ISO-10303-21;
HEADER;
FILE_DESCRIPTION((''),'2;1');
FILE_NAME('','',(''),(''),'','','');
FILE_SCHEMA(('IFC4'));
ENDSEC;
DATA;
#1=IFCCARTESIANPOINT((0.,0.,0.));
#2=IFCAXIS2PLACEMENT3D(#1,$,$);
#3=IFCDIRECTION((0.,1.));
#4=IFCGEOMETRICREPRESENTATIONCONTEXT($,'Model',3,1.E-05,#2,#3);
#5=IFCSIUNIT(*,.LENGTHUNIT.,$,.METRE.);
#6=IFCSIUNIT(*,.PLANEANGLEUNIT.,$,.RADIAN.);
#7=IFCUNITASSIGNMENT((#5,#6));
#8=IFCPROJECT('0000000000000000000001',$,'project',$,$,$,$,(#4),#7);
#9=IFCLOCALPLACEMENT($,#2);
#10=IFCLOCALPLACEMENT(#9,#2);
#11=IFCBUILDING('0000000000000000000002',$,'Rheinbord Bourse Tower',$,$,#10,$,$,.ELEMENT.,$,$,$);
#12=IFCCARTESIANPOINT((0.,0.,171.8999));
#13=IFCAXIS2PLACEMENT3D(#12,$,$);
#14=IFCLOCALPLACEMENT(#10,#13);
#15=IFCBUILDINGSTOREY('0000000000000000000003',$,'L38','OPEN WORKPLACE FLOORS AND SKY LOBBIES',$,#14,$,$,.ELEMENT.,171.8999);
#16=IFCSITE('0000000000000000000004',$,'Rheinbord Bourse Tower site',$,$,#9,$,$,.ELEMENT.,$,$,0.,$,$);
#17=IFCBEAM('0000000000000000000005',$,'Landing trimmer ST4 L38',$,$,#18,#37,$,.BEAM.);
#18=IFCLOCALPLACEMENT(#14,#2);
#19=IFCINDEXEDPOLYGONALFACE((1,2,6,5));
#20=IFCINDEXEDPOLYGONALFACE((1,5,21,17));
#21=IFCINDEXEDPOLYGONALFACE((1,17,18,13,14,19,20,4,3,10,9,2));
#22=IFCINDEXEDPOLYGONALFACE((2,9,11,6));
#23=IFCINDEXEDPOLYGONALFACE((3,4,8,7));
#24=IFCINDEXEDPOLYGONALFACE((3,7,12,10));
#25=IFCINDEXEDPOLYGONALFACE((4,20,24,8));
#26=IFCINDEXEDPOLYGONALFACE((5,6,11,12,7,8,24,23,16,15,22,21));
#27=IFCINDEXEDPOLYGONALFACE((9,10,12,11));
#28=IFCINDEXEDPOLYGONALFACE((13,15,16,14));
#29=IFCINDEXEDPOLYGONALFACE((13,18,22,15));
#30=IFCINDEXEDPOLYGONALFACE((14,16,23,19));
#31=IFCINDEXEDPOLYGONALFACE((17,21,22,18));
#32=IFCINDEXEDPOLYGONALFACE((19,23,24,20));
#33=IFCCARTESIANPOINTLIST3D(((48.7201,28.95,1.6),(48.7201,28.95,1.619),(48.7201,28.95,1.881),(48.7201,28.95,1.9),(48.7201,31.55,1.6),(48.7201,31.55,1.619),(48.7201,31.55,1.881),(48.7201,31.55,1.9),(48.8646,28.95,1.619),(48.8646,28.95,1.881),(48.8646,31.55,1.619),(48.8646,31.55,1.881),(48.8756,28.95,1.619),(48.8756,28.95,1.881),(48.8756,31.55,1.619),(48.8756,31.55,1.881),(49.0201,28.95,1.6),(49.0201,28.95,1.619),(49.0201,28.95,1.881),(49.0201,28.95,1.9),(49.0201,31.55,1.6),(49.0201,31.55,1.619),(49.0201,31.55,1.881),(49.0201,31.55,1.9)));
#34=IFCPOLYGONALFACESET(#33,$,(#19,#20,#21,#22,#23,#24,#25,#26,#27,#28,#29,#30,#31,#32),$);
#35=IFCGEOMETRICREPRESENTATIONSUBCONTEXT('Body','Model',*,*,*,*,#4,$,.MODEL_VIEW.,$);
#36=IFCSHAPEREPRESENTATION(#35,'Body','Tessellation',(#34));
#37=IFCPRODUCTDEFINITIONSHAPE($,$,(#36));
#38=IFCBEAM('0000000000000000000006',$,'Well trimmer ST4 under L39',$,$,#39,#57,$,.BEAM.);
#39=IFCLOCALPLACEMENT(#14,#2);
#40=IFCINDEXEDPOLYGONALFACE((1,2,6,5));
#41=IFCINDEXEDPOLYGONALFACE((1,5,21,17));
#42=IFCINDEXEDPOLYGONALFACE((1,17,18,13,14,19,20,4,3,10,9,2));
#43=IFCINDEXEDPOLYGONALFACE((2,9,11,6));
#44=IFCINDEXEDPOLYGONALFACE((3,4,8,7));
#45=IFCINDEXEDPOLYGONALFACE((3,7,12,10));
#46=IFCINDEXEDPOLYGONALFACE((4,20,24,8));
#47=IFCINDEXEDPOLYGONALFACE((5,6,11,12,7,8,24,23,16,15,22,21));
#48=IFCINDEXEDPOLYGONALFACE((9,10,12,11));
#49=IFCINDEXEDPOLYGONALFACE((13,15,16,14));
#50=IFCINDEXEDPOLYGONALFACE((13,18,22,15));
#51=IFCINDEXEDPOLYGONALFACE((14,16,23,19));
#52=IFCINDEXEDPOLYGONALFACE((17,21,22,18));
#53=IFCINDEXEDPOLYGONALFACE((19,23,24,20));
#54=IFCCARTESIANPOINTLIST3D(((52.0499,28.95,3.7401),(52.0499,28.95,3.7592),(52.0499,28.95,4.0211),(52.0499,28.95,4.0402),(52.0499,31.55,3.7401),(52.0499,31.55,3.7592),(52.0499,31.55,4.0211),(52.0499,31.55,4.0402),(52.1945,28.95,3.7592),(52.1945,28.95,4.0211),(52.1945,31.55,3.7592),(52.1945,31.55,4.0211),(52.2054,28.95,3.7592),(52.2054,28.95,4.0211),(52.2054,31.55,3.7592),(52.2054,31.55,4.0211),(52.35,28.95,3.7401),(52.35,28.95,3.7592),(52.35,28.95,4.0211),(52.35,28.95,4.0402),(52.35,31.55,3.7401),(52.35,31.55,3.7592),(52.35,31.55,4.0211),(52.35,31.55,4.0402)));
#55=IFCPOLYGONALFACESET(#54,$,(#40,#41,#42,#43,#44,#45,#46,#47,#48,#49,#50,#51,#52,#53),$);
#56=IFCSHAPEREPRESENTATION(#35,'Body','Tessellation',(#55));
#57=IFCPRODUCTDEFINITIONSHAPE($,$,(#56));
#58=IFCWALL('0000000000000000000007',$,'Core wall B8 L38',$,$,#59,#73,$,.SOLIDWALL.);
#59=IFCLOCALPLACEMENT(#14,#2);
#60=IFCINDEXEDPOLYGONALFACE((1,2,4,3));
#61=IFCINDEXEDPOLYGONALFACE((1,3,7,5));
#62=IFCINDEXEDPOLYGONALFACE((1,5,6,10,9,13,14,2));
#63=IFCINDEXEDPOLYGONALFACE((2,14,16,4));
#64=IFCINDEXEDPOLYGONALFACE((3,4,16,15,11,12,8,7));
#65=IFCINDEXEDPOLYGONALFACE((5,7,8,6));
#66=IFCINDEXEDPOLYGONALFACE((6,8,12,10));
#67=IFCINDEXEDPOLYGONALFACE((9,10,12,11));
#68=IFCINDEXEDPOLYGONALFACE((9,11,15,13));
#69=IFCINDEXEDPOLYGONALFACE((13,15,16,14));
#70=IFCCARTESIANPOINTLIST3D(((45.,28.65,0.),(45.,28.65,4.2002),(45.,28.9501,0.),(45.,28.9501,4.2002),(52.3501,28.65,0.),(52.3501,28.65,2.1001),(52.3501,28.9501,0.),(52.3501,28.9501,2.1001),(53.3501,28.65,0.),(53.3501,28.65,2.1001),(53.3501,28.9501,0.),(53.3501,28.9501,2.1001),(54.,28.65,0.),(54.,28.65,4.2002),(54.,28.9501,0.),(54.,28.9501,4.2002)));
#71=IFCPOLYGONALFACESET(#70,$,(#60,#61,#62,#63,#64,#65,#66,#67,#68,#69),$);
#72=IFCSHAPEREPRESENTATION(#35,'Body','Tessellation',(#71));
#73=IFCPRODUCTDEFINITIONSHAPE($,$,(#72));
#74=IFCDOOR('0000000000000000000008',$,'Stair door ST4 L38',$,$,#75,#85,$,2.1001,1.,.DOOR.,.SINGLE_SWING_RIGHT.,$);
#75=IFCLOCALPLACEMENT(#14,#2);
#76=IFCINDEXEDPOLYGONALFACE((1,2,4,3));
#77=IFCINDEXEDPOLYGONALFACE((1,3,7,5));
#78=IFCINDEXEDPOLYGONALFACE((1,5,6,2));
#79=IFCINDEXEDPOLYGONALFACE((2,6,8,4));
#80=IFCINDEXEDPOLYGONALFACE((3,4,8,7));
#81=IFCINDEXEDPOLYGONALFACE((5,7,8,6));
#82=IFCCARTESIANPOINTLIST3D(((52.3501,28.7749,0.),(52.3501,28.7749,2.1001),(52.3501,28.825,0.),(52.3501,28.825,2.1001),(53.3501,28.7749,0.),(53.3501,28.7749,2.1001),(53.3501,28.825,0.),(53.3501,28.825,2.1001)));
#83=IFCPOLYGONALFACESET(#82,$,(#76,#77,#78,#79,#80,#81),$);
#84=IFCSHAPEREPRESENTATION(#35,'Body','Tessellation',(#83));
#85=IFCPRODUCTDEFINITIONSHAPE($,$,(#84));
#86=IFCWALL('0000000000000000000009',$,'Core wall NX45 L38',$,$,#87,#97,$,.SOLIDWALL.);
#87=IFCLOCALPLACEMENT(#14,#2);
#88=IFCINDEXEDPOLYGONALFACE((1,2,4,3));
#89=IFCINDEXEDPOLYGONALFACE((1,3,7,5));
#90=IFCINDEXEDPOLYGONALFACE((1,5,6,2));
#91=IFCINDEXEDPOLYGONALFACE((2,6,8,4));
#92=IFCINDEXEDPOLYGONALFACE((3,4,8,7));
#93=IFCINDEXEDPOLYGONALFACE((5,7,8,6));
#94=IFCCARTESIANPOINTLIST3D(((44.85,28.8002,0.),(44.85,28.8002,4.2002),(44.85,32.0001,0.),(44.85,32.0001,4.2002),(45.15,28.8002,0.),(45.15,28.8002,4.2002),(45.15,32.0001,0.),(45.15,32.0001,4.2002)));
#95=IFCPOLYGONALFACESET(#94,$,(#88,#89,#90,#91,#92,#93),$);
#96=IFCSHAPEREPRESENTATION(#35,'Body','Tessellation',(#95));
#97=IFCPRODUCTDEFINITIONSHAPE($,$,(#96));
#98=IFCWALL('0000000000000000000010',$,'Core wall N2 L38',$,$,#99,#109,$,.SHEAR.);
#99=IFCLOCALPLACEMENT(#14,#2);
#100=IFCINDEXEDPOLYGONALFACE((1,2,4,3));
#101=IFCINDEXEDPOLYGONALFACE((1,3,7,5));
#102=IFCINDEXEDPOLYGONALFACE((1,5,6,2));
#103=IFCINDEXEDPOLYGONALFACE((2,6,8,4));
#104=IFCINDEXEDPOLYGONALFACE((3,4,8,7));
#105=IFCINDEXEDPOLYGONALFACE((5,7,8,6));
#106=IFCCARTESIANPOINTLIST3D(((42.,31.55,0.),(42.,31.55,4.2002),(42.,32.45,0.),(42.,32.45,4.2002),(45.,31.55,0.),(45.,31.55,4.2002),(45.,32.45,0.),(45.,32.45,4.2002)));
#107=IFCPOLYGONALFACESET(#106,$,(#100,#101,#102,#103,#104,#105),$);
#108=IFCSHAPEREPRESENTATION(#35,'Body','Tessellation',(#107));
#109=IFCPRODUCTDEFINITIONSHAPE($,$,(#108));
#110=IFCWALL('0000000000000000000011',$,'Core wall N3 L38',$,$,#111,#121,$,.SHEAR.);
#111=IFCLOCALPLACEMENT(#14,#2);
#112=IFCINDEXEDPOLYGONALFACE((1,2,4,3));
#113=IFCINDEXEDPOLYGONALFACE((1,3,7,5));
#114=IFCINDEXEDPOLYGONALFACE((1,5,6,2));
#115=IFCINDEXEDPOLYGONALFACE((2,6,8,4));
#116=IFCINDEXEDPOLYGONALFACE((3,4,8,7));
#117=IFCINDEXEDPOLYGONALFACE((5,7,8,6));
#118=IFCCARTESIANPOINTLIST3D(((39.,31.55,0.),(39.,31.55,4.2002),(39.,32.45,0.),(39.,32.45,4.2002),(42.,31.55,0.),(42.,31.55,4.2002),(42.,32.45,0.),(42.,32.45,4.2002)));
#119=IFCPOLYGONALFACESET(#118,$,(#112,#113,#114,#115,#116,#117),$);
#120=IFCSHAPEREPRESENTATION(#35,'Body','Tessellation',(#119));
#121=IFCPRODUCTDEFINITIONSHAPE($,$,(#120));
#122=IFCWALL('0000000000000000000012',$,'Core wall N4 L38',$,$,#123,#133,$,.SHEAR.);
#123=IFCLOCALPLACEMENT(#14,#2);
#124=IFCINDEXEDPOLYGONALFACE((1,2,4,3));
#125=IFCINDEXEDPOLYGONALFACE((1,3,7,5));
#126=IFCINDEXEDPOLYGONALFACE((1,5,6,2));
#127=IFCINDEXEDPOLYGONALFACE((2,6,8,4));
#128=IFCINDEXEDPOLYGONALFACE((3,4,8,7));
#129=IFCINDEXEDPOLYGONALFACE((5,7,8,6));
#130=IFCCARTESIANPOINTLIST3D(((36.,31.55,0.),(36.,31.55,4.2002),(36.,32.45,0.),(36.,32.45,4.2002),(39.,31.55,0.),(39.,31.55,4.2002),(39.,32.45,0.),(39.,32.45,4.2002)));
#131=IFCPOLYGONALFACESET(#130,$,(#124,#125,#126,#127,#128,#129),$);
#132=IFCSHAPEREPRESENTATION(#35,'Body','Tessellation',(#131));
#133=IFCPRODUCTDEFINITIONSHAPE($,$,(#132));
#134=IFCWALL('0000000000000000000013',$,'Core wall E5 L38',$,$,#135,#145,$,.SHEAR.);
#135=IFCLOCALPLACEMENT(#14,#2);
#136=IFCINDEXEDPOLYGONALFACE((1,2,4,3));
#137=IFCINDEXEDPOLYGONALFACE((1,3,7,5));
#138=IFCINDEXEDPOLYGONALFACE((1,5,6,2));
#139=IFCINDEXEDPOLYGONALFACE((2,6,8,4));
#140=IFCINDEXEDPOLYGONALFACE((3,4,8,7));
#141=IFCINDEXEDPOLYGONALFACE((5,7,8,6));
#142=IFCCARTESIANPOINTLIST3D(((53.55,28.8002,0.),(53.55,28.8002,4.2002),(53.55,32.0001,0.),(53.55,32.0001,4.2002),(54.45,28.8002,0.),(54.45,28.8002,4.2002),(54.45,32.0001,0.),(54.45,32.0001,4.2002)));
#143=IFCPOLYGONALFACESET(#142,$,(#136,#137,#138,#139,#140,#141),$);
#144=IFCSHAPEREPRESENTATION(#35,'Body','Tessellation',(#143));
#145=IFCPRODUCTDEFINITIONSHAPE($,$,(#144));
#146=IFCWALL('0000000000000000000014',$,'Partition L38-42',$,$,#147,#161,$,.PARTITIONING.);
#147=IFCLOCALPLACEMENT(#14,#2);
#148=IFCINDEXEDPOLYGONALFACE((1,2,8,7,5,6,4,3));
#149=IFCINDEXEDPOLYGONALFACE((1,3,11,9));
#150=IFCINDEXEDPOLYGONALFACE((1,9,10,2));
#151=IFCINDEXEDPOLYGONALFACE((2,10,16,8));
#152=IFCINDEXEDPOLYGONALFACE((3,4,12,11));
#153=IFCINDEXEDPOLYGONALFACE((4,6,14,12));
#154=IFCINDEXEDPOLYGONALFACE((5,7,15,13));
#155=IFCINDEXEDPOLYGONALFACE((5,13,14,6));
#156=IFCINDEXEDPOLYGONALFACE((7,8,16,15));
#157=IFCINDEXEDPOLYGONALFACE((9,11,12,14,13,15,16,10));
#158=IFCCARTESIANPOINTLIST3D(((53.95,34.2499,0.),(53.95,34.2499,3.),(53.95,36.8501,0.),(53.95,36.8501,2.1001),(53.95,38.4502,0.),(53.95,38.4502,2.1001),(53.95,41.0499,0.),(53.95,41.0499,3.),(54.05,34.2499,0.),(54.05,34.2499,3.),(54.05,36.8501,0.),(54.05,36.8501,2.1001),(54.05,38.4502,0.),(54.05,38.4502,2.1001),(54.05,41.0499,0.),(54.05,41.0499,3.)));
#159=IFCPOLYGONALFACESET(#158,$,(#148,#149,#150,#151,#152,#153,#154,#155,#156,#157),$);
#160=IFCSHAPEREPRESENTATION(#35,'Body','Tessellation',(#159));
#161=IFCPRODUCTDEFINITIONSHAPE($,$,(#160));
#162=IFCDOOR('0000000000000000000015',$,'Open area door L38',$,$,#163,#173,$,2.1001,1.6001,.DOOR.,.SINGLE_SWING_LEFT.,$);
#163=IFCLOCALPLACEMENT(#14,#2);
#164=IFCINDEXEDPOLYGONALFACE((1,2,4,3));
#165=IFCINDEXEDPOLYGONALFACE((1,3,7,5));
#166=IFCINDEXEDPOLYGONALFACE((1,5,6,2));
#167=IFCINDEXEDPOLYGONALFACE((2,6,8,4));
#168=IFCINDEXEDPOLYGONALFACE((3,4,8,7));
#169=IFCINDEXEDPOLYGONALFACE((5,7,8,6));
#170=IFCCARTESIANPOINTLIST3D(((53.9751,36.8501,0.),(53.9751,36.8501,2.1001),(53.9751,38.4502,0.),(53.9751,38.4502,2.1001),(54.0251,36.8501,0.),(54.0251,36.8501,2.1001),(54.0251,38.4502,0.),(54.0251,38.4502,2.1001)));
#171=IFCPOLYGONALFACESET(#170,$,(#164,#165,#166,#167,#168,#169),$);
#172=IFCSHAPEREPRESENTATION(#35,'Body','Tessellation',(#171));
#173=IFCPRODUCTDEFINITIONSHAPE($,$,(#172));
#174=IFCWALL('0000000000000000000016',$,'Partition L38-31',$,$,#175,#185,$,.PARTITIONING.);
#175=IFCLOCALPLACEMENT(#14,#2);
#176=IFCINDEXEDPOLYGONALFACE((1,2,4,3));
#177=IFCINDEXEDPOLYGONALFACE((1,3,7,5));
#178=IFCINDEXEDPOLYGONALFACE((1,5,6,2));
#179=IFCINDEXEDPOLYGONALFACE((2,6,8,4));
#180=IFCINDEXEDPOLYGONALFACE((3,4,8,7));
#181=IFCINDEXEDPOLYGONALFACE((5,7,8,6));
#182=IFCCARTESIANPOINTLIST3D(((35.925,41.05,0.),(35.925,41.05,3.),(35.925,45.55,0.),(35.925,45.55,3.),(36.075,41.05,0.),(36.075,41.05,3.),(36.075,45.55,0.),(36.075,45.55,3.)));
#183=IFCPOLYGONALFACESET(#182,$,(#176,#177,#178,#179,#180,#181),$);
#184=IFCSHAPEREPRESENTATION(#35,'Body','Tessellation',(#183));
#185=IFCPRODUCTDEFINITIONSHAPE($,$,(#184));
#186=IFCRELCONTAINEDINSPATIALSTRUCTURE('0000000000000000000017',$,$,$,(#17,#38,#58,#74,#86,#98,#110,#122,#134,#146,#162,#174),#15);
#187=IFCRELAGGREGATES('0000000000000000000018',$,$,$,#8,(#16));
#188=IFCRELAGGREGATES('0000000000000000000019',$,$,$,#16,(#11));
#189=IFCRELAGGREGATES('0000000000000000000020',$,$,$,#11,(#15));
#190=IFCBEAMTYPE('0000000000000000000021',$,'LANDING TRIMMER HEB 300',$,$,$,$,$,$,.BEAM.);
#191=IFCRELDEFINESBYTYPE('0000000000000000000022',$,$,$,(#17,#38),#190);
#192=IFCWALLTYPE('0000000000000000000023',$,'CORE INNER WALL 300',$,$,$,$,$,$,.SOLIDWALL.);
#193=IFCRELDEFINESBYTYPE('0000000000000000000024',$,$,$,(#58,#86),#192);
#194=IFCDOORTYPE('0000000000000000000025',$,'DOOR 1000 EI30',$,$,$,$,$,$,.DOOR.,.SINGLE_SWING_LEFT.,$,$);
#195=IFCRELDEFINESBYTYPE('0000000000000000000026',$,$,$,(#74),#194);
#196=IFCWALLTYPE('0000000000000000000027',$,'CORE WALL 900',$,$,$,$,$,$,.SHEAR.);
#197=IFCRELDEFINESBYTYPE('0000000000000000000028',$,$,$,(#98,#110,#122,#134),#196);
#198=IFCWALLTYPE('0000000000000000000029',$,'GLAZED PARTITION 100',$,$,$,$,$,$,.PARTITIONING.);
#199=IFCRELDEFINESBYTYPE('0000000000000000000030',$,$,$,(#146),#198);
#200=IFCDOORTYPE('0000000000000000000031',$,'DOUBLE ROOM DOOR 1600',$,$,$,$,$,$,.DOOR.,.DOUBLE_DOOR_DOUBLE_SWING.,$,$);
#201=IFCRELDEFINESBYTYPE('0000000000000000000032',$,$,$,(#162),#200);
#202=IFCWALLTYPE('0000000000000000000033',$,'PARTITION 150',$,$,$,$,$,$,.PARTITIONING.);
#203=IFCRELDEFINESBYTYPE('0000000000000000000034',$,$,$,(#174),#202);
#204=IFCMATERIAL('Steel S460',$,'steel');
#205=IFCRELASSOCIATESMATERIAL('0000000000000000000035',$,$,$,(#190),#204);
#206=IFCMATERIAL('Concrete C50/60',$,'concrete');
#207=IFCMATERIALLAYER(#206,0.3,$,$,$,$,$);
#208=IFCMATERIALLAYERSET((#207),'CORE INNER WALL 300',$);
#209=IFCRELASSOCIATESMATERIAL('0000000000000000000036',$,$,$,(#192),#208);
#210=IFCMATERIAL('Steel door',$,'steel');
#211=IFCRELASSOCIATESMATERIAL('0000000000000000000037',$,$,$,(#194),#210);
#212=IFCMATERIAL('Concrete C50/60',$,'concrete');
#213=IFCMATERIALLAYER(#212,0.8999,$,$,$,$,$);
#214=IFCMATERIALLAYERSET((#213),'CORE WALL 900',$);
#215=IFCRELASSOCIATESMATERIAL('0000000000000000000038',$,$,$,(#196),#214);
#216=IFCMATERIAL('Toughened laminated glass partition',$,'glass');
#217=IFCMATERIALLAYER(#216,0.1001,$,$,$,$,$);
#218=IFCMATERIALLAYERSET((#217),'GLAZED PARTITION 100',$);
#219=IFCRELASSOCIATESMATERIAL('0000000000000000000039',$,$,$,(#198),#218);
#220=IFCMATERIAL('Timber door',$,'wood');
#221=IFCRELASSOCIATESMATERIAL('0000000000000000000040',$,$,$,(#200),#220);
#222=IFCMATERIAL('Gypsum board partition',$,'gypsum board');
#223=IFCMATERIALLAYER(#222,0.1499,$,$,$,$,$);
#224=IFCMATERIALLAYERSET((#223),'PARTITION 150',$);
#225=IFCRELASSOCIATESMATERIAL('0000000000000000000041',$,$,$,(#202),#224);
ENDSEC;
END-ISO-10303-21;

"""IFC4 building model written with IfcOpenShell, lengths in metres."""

from ifc_helpers import new_model, si_unit, direction, frame, frame_2d, origin, origin_2d, place, context, subcontext, project, spatial, rectangle, i_section, extrude, material, layer, layer_set, material_profile, profile_set, type_object, element, fill, save


model = new_model("IFC4")

# Units and contexts
model_context = context("Model", 3, precision=1e-05, world=origin(), true_north=direction((0.0, 1.0)))
body_context = subcontext(model_context, "Body", "Model", "MODEL_VIEW")
ifc_project = project(units=[si_unit("LENGTHUNIT", "METRE"), si_unit("PLANEANGLEUNIT", "RADIAN")], contexts=[model_context])

# Site, building, storey
site_placement = place(None, origin())
site = spatial("IfcSite", under=ifc_project, at=site_placement, Name="Rheinbord Bourse Tower site", CompositionType="ELEMENT", RefElevation=0.0)
building_placement = place(site_placement, origin())
building = spatial("IfcBuilding", under=site, at=building_placement, Name="Rheinbord Bourse Tower", CompositionType="ELEMENT")
storey_placement = place(building_placement, frame((0.0, 0.0, 171.8999)))
storey = spatial("IfcBuildingStorey", under=building, at=storey_placement, Name="L38", Description="OPEN WORKPLACE FLOORS AND SKY LOBBIES", CompositionType="ELEMENT", Elevation=171.8999)

# Beams
ifc_material_1 = material(Name="Steel S460", Category="steel")
ifc_material_profile = material_profile(ifc_material_1, i_section(OverallWidth=0.3, OverallDepth=0.3, WebThickness=0.011, FlangeThickness=0.019, at=origin_2d()), Name="HEB 300")
ifc_profile_set = profile_set([ifc_material_profile], Name="Steel S460")
beam_type = type_object("IfcBeamType", Name="LANDING TRIMMER HEB 300", PredefinedType="BEAM", material=ifc_profile_set)
for number, where, z_axis, x_axis, name in (
    (1, (48.8701, 28.95, 1.75), (0.0, 1.0, 0.0), (-1.0, 0.0, 0.0), "Landing trimmer ST4 L38"),
    (2, (52.2, 28.95, 3.8901), (0.0, 1.0, 0.0), (-1.0, 0.0, 0.0), "Well trimmer ST4 under L39"),
):
    element("IfcBeam", number, at=place(storey_placement, frame(where, z_axis=z_axis, x_axis=x_axis)), inside=storey, type_object=beam_type, Name=name, PredefinedType="BEAM", context=body_context, shape_type="SweptSolid", body=[
        extrude(i_section(OverallWidth=0.3, OverallDepth=0.3, WebThickness=0.011, FlangeThickness=0.019, at=origin_2d()), origin(), (0.0, 0.0, 1.0), 2.6001),
    ])

# Wall, opening, door
ifc_material_2 = material(Name="Concrete C50/60", Category="concrete")
ifc_layer_1 = layer(ifc_material_2, 0.3)
ifc_layer_set_1 = layer_set([ifc_layer_1], Name="CORE INNER WALL 300")
wall_type_1 = type_object("IfcWallType", Name="CORE INNER WALL 300", PredefinedType="SOLIDWALL", material=ifc_layer_set_1)
wall_1_placement = place(storey_placement, frame((45.0, 28.8, 0.0), z_axis=(0.0, 0.0, 1.0), x_axis=(1.0, 0.0, 0.0)))
wall_1 = element("IfcWall", 3, at=wall_1_placement, inside=storey, type_object=wall_type_1, Name="Core wall B8 L38", PredefinedType="SOLIDWALL", context=body_context, shape_type="SweptSolid", body=[
    extrude(rectangle(XDim=9.0, YDim=0.3, at=frame_2d((4.5, 0.0))), origin(), (0.0, 0.0, 1.0), 4.2002),
])
opening_1_placement = place(wall_1_placement, frame((7.3501, 0.0, 0.0)))
opening_1 = element("IfcOpeningElement", 4, at=opening_1_placement, cuts=wall_1, PredefinedType="OPENING", context=body_context, shape_type="SweptSolid", body=[
    extrude(rectangle(XDim=1.0, YDim=2.1001, at=frame_2d((0.5, 1.05))), frame((0.0, 0.1599, 0.0), z_axis=(0.0, -1.0, 0.0), x_axis=(1.0, 0.0, 0.0)), (0.0, 0.0, 1.0), 0.3201),
])
ifc_material_3 = material(Name="Steel door", Category="steel")
door_type_1 = type_object("IfcDoorType", Name="DOOR 1000 EI30", OperationType="SINGLE_SWING_LEFT", PredefinedType="DOOR", material=ifc_material_3)
door_1_placement = place(opening_1_placement, origin())
door_1 = element("IfcDoor", 5, at=door_1_placement, inside=storey, type_object=door_type_1, Name="Stair door ST4 L38", OperationType="SINGLE_SWING_RIGHT", OverallHeight=2.1001, OverallWidth=1.0, PredefinedType="DOOR", context=body_context, shape_type="SweptSolid", body=[
    extrude(rectangle(XDim=1.0, YDim=2.1001, at=frame_2d((0.5, 1.05))), frame((0.0, 0.0249, 0.0), z_axis=(0.0, -1.0, 0.0), x_axis=(1.0, 0.0, 0.0)), (0.0, 0.0, 1.0), 0.05),
])
fill(opening_1, door_1)

# Walls
wall_2_placement = place(storey_placement, frame((45.0, 28.8, 0.0), z_axis=(0.0, 0.0, 1.0), x_axis=(0.0, 1.0, 0.0)))
element("IfcWall", 6, at=wall_2_placement, inside=storey, type_object=wall_type_1, Name="Core wall NX45 L38", PredefinedType="SOLIDWALL", context=body_context, shape_type="SweptSolid", body=[
    extrude(rectangle(XDim=3.2, YDim=0.3, at=frame_2d((1.6001, 0.0))), origin(), (0.0, 0.0, 1.0), 4.2002),
])
ifc_material_4 = material(Name="Concrete C50/60", Category="concrete")
ifc_layer_2 = layer(ifc_material_4, 0.8999)
ifc_layer_set_2 = layer_set([ifc_layer_2], Name="CORE WALL 900")
wall_type_2 = type_object("IfcWallType", Name="CORE WALL 900", PredefinedType="SHEAR", material=ifc_layer_set_2)
for number, where, z_axis, x_axis, name in (
    (7, (45.0, 32.0, 0.0), (0.0, 0.0, 1.0), (-1.0, 0.0, 0.0), "Core wall N2 L38"),
    (8, (42.0, 32.0, 0.0), (0.0, 0.0, 1.0), (-1.0, 0.0, 0.0), "Core wall N3 L38"),
    (9, (39.0, 32.0, 0.0), (0.0, 0.0, 1.0), (-1.0, 0.0, 0.0), "Core wall N4 L38"),
):
    element("IfcWall", number, at=place(storey_placement, frame(where, z_axis=z_axis, x_axis=x_axis)), inside=storey, type_object=wall_type_2, Name=name, PredefinedType="SHEAR", context=body_context, shape_type="SweptSolid", body=[
        extrude(rectangle(XDim=3.0, YDim=0.8999, at=frame_2d((1.5, 0.0))), origin(), (0.0, 0.0, 1.0), 4.2002),
    ])
wall_3_placement = place(storey_placement, frame((54.0, 28.8, 0.0), z_axis=(0.0, 0.0, 1.0), x_axis=(0.0, 1.0, 0.0)))
element("IfcWall", 10, at=wall_3_placement, inside=storey, type_object=wall_type_2, Name="Core wall E5 L38", PredefinedType="SHEAR", context=body_context, shape_type="SweptSolid", body=[
    extrude(rectangle(XDim=3.2, YDim=0.8999, at=frame_2d((1.6001, 0.0))), origin(), (0.0, 0.0, 1.0), 4.2002),
])

# Wall, opening, door
ifc_material_5 = material(Name="Toughened laminated glass partition", Category="glass")
ifc_layer_3 = layer(ifc_material_5, 0.1001)
ifc_layer_set_3 = layer_set([ifc_layer_3], Name="GLAZED PARTITION 100")
wall_type_3 = type_object("IfcWallType", Name="GLAZED PARTITION 100", PredefinedType="PARTITIONING", material=ifc_layer_set_3)
wall_4_placement = place(storey_placement, frame((54.0, 34.25, 0.0), z_axis=(0.0, 0.0, 1.0), x_axis=(0.0, 1.0, 0.0)))
wall_4 = element("IfcWall", 11, at=wall_4_placement, inside=storey, type_object=wall_type_3, Name="Partition L38-42", PredefinedType="PARTITIONING", context=body_context, shape_type="SweptSolid", body=[
    extrude(rectangle(XDim=6.8, YDim=0.1001, at=frame_2d((3.3999, 0.0))), origin(), (0.0, 0.0, 1.0), 3.0),
])
opening_2_placement = place(wall_4_placement, frame((2.6001, 0.0, 0.0)))
opening_2 = element("IfcOpeningElement", 12, at=opening_2_placement, cuts=wall_4, PredefinedType="OPENING", context=body_context, shape_type="SweptSolid", body=[
    extrude(rectangle(XDim=1.6001, YDim=2.1001, at=frame_2d((0.8, 1.05))), frame((0.0, 0.0601, 0.0), z_axis=(0.0, -1.0, 0.0), x_axis=(1.0, 0.0, 0.0)), (0.0, 0.0, 1.0), 0.1201),
])
ifc_material_6 = material(Name="Timber door", Category="wood")
door_type_2 = type_object("IfcDoorType", Name="DOUBLE ROOM DOOR 1600", OperationType="DOUBLE_DOOR_DOUBLE_SWING", PredefinedType="DOOR", material=ifc_material_6)
door_2_placement = place(opening_2_placement, origin())
door_2 = element("IfcDoor", 13, at=door_2_placement, inside=storey, type_object=door_type_2, Name="Open area door L38", OperationType="SINGLE_SWING_LEFT", OverallHeight=2.1001, OverallWidth=1.6001, PredefinedType="DOOR", context=body_context, shape_type="SweptSolid", body=[
    extrude(rectangle(XDim=1.6001, YDim=2.1001, at=frame_2d((0.8, 1.05))), frame((0.0, 0.0249, 0.0), z_axis=(0.0, -1.0, 0.0), x_axis=(1.0, 0.0, 0.0)), (0.0, 0.0, 1.0), 0.05),
])
fill(opening_2, door_2)

# Wall
ifc_material_7 = material(Name="Gypsum board partition", Category="gypsum board")
ifc_layer_4 = layer(ifc_material_7, 0.1499)
ifc_layer_set_4 = layer_set([ifc_layer_4], Name="PARTITION 150")
wall_type_4 = type_object("IfcWallType", Name="PARTITION 150", PredefinedType="PARTITIONING", material=ifc_layer_set_4)
for number, where, z_axis, x_axis, name in (
    (14, (36.0, 41.05, 0.0), (0.0, 0.0, 1.0), (0.0, 1.0, 0.0), "Partition L38-31"),
):
    element("IfcWall", number, at=place(storey_placement, frame(where, z_axis=z_axis, x_axis=x_axis)), inside=storey, type_object=wall_type_4, Name=name, PredefinedType="PARTITIONING", context=body_context, shape_type="SweptSolid", body=[
        extrude(rectangle(XDim=4.5, YDim=0.1499, at=frame_2d((2.25, 0.0))), origin(), (0.0, 0.0, 1.0), 3.0),
    ])

save(model, "model.ifc")
